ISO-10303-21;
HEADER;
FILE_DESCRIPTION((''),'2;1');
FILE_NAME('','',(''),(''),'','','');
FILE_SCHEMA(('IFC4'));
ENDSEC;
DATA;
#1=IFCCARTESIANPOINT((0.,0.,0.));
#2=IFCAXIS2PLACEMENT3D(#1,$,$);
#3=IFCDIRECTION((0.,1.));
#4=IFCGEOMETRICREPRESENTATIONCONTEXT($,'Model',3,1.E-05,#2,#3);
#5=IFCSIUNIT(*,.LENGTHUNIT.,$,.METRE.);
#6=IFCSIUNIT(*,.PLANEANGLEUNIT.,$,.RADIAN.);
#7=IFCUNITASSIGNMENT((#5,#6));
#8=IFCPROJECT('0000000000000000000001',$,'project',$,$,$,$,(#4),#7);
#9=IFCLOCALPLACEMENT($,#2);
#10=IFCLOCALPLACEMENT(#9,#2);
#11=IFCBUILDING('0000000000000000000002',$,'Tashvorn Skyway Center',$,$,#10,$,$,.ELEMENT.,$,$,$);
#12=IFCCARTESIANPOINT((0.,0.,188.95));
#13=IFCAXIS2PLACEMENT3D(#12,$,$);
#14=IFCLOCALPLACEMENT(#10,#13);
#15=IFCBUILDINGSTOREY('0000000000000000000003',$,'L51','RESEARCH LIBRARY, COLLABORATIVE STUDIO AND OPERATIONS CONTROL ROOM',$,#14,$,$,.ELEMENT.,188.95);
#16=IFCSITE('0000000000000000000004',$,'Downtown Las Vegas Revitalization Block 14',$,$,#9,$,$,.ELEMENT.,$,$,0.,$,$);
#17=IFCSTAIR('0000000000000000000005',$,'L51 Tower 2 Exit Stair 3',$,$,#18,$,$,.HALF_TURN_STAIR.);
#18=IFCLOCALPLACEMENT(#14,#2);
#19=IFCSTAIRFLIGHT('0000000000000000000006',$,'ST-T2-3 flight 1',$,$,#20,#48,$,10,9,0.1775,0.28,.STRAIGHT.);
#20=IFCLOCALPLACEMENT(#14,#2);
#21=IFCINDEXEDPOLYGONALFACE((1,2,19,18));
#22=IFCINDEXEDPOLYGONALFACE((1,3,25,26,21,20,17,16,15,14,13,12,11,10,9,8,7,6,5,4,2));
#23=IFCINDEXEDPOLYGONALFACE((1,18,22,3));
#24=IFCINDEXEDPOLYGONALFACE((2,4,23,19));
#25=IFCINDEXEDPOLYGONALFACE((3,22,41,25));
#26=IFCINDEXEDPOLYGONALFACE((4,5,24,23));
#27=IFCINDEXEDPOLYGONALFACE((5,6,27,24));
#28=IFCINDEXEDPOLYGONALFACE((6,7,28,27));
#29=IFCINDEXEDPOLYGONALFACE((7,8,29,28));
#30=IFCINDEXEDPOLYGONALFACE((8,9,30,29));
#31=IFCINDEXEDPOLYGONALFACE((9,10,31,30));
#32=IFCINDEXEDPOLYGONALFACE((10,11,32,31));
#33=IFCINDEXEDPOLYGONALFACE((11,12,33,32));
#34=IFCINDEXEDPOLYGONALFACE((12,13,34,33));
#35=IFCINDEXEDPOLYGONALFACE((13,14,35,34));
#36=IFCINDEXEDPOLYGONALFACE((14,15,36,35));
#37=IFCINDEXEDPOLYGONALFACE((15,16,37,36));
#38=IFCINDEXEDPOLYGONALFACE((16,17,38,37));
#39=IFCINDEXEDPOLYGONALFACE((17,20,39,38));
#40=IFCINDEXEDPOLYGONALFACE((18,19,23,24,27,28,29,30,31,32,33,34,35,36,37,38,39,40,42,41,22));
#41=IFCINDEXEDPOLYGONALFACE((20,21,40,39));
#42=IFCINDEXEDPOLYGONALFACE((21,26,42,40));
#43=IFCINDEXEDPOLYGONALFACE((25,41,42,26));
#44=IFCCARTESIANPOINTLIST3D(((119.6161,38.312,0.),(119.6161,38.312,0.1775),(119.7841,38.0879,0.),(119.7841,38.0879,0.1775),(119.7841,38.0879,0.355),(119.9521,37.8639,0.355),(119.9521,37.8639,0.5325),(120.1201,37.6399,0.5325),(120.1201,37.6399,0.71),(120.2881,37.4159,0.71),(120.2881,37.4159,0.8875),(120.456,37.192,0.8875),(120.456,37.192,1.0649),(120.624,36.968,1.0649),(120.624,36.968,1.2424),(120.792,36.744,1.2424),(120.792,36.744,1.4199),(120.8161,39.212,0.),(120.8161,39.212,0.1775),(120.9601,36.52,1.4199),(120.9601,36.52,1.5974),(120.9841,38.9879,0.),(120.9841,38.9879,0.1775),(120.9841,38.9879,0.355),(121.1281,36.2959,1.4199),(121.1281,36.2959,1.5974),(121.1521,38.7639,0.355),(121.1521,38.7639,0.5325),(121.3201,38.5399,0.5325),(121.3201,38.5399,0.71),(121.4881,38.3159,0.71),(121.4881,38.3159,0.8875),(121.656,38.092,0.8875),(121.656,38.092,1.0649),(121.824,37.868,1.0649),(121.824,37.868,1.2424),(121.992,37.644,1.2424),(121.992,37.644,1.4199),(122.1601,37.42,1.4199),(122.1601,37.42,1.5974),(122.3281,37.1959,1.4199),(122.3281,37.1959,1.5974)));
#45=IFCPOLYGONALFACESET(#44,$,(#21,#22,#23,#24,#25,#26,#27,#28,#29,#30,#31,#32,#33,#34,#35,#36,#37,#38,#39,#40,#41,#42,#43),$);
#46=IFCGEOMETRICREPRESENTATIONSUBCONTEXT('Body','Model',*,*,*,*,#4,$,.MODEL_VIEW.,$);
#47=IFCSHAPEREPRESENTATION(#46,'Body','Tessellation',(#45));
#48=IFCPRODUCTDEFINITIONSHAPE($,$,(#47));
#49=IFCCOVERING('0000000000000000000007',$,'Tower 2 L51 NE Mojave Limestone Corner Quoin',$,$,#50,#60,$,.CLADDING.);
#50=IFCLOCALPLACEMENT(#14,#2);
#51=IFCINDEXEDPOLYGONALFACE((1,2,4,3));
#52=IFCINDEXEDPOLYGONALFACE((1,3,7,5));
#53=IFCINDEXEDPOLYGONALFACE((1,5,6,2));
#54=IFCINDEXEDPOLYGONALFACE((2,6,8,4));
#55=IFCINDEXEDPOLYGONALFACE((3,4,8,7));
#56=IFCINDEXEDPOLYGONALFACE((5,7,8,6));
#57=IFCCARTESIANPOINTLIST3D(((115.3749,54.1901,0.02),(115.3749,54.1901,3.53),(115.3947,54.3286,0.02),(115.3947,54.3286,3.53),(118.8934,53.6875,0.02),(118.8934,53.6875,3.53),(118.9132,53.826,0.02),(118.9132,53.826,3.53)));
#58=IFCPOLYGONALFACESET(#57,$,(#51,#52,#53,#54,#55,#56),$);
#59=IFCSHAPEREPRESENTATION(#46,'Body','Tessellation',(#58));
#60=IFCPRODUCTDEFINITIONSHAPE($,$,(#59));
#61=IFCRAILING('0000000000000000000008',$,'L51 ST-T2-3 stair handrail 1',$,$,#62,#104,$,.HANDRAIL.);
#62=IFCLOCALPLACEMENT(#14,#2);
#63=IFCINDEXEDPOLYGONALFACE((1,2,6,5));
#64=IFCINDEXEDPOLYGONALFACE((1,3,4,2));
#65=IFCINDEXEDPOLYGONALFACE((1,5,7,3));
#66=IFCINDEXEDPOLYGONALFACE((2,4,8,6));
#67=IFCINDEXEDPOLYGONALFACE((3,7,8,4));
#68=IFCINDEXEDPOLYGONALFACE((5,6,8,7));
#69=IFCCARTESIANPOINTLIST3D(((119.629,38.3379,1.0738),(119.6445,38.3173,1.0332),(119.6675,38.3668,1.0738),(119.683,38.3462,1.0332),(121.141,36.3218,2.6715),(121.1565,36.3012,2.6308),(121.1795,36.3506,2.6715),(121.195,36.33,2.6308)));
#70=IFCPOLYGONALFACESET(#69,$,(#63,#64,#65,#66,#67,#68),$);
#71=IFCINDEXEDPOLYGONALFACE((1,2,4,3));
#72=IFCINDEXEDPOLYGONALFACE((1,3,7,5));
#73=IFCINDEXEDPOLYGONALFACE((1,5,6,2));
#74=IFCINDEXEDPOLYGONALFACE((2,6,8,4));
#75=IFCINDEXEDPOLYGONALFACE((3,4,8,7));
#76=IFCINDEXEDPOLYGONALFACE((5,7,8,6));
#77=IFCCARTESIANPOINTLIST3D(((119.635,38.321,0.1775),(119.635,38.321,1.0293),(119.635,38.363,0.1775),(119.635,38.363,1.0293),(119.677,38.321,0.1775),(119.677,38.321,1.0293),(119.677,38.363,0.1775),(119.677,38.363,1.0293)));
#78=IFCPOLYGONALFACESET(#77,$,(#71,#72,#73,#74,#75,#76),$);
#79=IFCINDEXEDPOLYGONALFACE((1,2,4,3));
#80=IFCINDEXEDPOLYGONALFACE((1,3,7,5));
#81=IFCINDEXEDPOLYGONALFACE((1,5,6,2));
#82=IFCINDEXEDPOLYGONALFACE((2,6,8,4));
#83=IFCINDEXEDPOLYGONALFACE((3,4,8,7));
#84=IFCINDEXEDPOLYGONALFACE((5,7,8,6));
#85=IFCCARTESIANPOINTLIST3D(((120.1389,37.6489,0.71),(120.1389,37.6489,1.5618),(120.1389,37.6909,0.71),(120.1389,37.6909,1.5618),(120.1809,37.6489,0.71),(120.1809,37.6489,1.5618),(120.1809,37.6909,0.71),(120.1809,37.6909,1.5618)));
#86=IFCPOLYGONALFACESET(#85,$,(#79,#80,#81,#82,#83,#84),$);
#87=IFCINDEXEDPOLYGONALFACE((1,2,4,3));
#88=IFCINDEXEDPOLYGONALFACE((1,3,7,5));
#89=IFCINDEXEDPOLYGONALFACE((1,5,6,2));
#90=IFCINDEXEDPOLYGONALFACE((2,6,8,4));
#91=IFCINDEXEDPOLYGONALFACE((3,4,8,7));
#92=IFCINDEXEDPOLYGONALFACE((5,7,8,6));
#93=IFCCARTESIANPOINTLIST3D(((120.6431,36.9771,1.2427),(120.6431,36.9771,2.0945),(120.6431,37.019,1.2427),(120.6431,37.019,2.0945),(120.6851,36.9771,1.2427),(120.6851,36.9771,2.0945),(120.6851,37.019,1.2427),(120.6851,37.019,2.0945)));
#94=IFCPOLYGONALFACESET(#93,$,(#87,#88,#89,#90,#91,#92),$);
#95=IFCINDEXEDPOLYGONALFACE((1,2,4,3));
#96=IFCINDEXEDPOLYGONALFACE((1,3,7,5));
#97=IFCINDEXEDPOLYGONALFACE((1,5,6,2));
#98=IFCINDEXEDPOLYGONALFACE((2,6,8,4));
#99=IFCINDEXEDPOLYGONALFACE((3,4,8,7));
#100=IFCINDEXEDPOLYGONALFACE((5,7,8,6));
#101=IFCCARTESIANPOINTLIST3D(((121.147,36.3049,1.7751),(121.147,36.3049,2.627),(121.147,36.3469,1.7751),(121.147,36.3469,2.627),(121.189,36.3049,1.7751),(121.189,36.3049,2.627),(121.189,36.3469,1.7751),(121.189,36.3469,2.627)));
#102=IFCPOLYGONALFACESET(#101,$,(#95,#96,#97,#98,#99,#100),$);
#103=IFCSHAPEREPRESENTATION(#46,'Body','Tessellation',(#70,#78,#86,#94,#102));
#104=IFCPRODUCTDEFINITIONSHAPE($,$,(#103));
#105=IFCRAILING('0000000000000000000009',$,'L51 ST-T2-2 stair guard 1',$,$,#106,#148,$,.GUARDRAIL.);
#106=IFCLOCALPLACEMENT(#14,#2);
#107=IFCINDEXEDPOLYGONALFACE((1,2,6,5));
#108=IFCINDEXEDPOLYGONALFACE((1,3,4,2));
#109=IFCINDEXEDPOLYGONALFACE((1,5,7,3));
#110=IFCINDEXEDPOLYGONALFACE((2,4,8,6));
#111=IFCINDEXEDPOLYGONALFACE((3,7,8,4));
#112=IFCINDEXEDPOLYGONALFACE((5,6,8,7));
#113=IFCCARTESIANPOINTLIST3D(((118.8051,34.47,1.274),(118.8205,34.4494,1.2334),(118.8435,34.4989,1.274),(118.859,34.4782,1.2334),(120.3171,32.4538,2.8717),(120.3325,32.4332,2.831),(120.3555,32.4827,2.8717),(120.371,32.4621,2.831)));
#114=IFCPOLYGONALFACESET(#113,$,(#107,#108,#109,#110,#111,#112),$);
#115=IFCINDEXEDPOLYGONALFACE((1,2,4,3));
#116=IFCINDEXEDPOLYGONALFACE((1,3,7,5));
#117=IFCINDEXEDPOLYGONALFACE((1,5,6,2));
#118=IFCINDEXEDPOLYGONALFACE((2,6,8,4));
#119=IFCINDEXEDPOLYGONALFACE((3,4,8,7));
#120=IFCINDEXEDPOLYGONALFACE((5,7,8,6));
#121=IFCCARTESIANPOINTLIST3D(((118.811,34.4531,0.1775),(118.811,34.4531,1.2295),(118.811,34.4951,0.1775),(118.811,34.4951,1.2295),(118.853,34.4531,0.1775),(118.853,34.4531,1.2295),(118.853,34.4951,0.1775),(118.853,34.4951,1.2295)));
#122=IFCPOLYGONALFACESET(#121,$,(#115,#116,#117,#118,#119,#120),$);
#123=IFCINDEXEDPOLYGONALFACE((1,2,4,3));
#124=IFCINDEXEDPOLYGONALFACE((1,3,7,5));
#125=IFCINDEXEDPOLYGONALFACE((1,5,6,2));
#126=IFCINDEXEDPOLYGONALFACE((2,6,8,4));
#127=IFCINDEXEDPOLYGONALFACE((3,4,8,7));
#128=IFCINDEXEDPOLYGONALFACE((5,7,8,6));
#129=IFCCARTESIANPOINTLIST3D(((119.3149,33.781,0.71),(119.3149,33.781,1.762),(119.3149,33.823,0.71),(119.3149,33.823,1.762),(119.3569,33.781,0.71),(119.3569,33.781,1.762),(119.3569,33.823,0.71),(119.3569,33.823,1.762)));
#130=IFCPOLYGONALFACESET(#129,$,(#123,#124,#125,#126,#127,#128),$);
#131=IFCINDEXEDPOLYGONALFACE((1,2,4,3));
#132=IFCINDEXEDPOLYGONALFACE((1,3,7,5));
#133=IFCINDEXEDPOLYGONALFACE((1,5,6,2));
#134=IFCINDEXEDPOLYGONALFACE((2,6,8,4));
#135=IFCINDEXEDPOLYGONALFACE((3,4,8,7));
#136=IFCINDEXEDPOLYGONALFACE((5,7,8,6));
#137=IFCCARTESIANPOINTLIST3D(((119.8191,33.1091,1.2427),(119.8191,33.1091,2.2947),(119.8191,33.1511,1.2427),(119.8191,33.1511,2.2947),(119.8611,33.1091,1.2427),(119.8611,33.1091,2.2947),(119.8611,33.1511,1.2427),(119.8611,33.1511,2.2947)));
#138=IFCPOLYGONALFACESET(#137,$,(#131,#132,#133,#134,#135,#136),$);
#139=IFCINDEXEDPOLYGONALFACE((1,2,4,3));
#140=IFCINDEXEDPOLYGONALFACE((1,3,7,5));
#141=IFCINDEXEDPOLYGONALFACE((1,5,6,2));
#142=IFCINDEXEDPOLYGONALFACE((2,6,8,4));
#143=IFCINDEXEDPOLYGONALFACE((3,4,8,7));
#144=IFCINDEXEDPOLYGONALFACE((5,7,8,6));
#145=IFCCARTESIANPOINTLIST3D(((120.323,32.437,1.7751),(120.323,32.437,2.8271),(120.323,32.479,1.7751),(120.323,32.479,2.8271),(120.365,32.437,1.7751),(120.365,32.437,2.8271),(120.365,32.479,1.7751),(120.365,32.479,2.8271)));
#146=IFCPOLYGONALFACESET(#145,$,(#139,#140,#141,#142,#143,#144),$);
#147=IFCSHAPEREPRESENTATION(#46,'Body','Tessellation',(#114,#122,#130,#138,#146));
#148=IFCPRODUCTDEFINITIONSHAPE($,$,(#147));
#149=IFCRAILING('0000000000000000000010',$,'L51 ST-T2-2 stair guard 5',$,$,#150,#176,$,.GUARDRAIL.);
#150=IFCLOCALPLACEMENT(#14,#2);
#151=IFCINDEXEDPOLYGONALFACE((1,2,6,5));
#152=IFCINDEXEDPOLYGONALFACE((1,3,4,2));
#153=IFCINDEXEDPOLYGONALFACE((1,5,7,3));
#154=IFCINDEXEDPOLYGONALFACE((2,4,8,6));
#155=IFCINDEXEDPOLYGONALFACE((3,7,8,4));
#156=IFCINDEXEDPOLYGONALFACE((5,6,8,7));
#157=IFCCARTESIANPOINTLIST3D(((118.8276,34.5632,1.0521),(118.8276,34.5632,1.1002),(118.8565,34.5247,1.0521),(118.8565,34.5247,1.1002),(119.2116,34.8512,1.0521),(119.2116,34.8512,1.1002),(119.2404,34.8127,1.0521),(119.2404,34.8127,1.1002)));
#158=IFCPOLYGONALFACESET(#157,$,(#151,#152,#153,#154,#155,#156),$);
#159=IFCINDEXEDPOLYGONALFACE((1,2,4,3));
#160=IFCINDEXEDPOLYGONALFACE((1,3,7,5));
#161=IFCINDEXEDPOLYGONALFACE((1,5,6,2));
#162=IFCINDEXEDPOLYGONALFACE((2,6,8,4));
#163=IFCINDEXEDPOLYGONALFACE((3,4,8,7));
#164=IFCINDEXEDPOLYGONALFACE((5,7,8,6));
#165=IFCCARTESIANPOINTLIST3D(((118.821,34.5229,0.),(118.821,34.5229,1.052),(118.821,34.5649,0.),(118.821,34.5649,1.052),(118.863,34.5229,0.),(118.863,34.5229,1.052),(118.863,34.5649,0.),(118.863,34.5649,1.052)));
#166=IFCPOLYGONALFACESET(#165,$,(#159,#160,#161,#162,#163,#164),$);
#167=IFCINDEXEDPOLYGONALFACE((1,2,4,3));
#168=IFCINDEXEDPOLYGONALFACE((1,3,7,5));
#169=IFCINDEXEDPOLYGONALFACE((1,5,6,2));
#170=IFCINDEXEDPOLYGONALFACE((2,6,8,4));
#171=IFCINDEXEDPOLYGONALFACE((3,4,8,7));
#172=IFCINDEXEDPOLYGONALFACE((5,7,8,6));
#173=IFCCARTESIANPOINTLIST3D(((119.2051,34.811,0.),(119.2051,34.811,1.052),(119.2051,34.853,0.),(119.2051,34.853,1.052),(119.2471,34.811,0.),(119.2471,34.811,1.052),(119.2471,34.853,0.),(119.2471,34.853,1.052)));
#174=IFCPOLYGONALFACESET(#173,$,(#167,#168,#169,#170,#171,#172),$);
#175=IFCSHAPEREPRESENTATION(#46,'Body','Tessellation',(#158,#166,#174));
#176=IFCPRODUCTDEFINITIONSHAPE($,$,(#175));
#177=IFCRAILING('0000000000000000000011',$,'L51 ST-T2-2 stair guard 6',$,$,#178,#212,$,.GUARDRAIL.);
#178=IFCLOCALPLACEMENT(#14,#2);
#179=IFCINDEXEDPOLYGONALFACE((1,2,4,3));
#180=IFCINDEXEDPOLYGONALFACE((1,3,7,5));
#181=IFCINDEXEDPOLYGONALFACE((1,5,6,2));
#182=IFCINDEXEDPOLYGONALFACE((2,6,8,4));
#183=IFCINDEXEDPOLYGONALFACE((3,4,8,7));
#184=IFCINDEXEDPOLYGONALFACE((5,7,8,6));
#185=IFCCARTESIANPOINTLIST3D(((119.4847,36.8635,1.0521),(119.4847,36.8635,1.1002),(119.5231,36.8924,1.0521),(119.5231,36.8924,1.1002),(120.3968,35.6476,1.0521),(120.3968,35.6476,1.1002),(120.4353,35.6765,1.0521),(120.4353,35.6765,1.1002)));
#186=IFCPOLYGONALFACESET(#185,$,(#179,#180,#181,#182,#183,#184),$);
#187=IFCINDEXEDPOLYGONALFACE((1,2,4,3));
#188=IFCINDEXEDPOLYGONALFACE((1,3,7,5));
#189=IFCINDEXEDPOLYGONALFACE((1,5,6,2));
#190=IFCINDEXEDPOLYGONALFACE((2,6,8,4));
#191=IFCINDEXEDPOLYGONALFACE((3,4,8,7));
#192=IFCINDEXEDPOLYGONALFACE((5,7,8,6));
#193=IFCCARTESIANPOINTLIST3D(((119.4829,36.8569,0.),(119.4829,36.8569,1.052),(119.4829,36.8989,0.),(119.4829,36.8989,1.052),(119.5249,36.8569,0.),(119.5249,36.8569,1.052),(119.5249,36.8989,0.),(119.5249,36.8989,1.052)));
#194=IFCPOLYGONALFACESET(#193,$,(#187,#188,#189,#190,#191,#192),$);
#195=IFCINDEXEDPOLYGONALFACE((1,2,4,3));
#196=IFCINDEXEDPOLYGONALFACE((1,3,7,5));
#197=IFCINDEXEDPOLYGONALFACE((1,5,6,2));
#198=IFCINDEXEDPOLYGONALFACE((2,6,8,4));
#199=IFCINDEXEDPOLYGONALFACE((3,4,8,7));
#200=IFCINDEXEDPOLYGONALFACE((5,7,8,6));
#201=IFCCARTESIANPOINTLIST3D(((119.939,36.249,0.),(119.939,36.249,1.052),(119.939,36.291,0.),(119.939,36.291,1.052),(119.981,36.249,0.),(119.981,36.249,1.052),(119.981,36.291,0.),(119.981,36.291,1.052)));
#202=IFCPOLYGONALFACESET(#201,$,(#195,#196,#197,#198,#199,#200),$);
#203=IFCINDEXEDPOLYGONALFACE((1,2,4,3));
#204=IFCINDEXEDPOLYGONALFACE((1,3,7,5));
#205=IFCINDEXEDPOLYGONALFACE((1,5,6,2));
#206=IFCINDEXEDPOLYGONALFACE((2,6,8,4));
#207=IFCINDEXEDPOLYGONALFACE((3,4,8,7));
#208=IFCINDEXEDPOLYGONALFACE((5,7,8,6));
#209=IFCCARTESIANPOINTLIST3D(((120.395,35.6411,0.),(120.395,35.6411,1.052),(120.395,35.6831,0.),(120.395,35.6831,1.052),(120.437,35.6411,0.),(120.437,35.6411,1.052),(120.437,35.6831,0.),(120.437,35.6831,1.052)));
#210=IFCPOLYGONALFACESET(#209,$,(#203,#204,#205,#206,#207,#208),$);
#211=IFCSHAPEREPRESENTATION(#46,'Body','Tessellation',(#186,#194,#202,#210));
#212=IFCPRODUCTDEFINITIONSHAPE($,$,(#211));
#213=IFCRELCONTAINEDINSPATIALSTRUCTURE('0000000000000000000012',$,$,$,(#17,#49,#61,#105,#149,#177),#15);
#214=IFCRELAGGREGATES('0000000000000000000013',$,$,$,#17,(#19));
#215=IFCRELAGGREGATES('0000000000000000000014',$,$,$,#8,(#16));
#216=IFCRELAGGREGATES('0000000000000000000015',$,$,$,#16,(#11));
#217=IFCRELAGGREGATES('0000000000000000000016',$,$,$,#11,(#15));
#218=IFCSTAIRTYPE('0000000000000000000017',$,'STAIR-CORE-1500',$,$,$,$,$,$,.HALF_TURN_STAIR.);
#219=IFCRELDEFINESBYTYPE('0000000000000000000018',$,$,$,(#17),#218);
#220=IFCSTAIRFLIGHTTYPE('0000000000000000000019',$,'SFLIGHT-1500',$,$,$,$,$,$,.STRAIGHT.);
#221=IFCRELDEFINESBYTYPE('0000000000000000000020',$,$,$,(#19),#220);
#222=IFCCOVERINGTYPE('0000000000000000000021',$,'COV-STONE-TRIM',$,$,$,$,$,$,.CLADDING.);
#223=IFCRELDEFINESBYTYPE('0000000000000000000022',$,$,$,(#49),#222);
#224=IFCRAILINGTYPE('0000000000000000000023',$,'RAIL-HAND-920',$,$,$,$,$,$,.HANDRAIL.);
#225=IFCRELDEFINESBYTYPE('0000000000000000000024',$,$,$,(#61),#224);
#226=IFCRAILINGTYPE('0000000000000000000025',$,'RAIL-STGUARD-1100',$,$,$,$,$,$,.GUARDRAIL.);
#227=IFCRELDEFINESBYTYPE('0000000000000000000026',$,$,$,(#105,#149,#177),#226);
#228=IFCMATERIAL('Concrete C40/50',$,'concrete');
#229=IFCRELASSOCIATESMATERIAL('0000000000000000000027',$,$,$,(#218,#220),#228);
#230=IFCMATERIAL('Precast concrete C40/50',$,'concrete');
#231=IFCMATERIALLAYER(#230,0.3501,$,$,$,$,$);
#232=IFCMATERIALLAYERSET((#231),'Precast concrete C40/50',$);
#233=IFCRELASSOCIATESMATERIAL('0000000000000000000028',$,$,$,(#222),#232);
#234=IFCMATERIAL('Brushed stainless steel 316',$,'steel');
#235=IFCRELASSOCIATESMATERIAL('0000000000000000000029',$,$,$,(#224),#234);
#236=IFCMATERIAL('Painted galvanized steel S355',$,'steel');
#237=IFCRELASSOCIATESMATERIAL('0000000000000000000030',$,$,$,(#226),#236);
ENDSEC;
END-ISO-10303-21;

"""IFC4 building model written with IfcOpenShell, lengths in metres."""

from ifc_helpers import new_model, si_unit, direction, frame, origin, origin_2d, place, context, subcontext, project, spatial, polyline, rectangle, outline, extrude, material, layer, layer_set, type_object, element, aggregate, save


model = new_model("IFC4")

# Units and contexts
model_context = context("Model", 3, precision=1e-05, world=origin(), true_north=direction((0.0, 1.0)))
body_context = subcontext(model_context, "Body", "Model", "MODEL_VIEW")
ifc_project = project(units=[si_unit("LENGTHUNIT", "METRE"), si_unit("PLANEANGLEUNIT", "RADIAN")], contexts=[model_context])

# Site, building, storey
site_placement = place(None, origin())
site = spatial("IfcSite", under=ifc_project, at=site_placement, Name="Downtown Las Vegas Revitalization Block 14", CompositionType="ELEMENT", RefElevation=0.0)
building_placement = place(site_placement, origin())
building = spatial("IfcBuilding", under=site, at=building_placement, Name="Tashvorn Skyway Center", CompositionType="ELEMENT")
storey_placement = place(building_placement, frame((0.0, 0.0, 188.95)))
storey = spatial("IfcBuildingStorey", under=building, at=storey_placement, Name="L51", Description="RESEARCH LIBRARY, COLLABORATIVE STUDIO AND OPERATIONS CONTROL ROOM", CompositionType="ELEMENT", Elevation=188.95)

# Shared definitions
ifc_material_1 = material(Name="Precast concrete C40/50", Category="concrete")
ifc_material_2 = material(Name="Concrete C40/50", Category="concrete")

# Stair, stair flight
stair_type = type_object("IfcStairType", Name="STAIR-CORE-1500", PredefinedType="HALF_TURN_STAIR", material=ifc_material_2)
stair_placement = place(storey_placement, origin())
stair = element("IfcStair", 1, at=stair_placement, inside=storey, type_object=stair_type, Name="L51 Tower 2 Exit Stair 3", PredefinedType="HALF_TURN_STAIR")
stair_flight_type = type_object("IfcStairFlightType", Name="SFLIGHT-1500", PredefinedType="STRAIGHT", material=ifc_material_2)
stair_flight_placement = place(storey_placement, frame((120.2161, 38.762, 0.0), z_axis=(0.0, 0.0, 1.0), x_axis=(0.6, -0.8, 0.0)))
stair_flight = element("IfcStairFlight", 2, at=stair_flight_placement, type_object=stair_flight_type, Name="ST-T2-3 flight 1", NumberOfRisers=10, NumberOfTreads=9, PredefinedType="STRAIGHT", RiserHeight=0.1775, TreadLength=0.28, context=body_context, shape_type="SweptSolid", body=[
    extrude(outline(polyline([(0.0, 0.0), (0.0, 0.1775), (0.28, 0.1775), (0.28, 0.355), (0.5601, 0.355), (0.5601, 0.5325), (0.8401, 0.5325), (0.8401, 0.71), (1.1201, 0.71), (1.1201, 0.8875), (1.3999, 0.8875), (1.3999, 1.0649), (1.6799, 1.0649), (1.6799, 1.2424), (1.96, 1.2424), (1.96, 1.4199), (2.24, 1.4199), (2.24, 1.5974), (2.52, 1.5974), (2.52, 1.7749), (2.52, 1.4199), (0.28, 0.0), (0.0, 0.0)])), frame((0.0, 0.75, 0.0), z_axis=(0.0, -1.0, 0.0), x_axis=(1.0, 0.0, 0.0)), (0.0, 0.0, 1.0), 1.5),
])
aggregate(stair, [stair_flight])

# Covering
ifc_layer_1 = layer(ifc_material_1, 0.3501)
ifc_layer_set_1 = layer_set([ifc_layer_1], Name="Precast concrete C40/50")
covering_type = type_object("IfcCoveringType", Name="COV-STONE-TRIM", PredefinedType="CLADDING", material=ifc_layer_set_1)
covering_placement = place(storey_placement, frame((117.144, 54.0081, 0.02), z_axis=(0.0, 0.0, 1.0), x_axis=(0.989949, -0.141421, 0.0)))
element("IfcCovering", 3, at=covering_placement, inside=storey, type_object=covering_type, Name="Tower 2 L51 NE Mojave Limestone Corner Quoin", PredefinedType="CLADDING", context=body_context, shape_type="SweptSolid", body=[
    extrude(rectangle(XDim=3.5542, YDim=0.1399, at=origin_2d()), origin(), (0.0, 0.0, 1.0), 3.51),
])

# Railings
ifc_material_3 = material(Name="Brushed stainless steel 316", Category="steel")
railing_type_1 = type_object("IfcRailingType", Name="RAIL-HAND-920", PredefinedType="HANDRAIL", material=ifc_material_3)
railing_1_placement = place(storey_placement, frame((119.656, 38.342, 0.1775)))
element("IfcRailing", 4, at=railing_1_placement, inside=storey, type_object=railing_type_1, Name="L51 ST-T2-3 stair handrail 1", PredefinedType="HANDRAIL", context=body_context, shape_type="SweptSolid", body=[
    extrude(rectangle(XDim=0.0481, YDim=0.0481, at=origin_2d()), frame((0.0, 0.0, 0.876), z_axis=(0.506719, -0.675679, 0.535438), x_axis=(0.800023, 0.599969, 0.0)), (0.0, 0.0, 1.0), 2.9839),
    extrude(rectangle(XDim=0.042, YDim=0.042, at=origin_2d()), origin(), (0.0, 0.0, 1.0), 0.8518),
    extrude(rectangle(XDim=0.042, YDim=0.042, at=origin_2d()), frame((0.5039, -0.6721, 0.5325)), (0.0, 0.0, 1.0), 0.8518),
    extrude(rectangle(XDim=0.042, YDim=0.042, at=origin_2d()), frame((1.0081, -1.344, 1.0652)), (0.0, 0.0, 1.0), 0.8518),
    extrude(rectangle(XDim=0.042, YDim=0.042, at=origin_2d()), frame((1.512, -2.0161, 1.5977)), (0.0, 0.0, 1.0), 0.8518),
])
ifc_material_4 = material(Name="Painted galvanized steel S355", Category="steel")
railing_type_2 = type_object("IfcRailingType", Name="RAIL-STGUARD-1100", PredefinedType="GUARDRAIL", material=ifc_material_4)
railing_2_placement = place(storey_placement, frame((118.832, 34.4741, 0.1775)))
element("IfcRailing", 5, at=railing_2_placement, inside=storey, type_object=railing_type_2, Name="L51 ST-T2-2 stair guard 1", PredefinedType="GUARDRAIL", context=body_context, shape_type="SweptSolid", body=[
    extrude(rectangle(XDim=0.0481, YDim=0.0481, at=origin_2d()), frame((0.0, 0.0, 1.0762), z_axis=(0.506719, -0.675679, 0.535438), x_axis=(0.800023, 0.599969, 0.0)), (0.0, 0.0, 1.0), 2.9839),
    extrude(rectangle(XDim=0.042, YDim=0.042, at=origin_2d()), origin(), (0.0, 0.0, 1.0), 1.052),
    extrude(rectangle(XDim=0.042, YDim=0.042, at=origin_2d()), frame((0.5039, -0.6721, 0.5325)), (0.0, 0.0, 1.0), 1.052),
    extrude(rectangle(XDim=0.042, YDim=0.042, at=origin_2d()), frame((1.0081, -1.344, 1.0652)), (0.0, 0.0, 1.0), 1.052),
    extrude(rectangle(XDim=0.042, YDim=0.042, at=origin_2d()), frame((1.512, -2.0161, 1.5977)), (0.0, 0.0, 1.0), 1.052),
])
railing_3_placement = place(storey_placement, frame((118.842, 34.5439, 0.0)))
element("IfcRailing", 6, at=railing_3_placement, inside=storey, type_object=railing_type_2, Name="L51 ST-T2-2 stair guard 5", PredefinedType="GUARDRAIL", context=body_context, shape_type="SweptSolid", body=[
    extrude(rectangle(XDim=0.0481, YDim=0.0481, at=origin_2d()), frame((0.0, 0.0, 1.0762), z_axis=(0.799939, 0.600081, 0.0), x_axis=(-0.600081, 0.799939, 0.0)), (0.0, 0.0, 1.0), 0.48),
    extrude(rectangle(XDim=0.042, YDim=0.042, at=origin_2d()), origin(), (0.0, 0.0, 1.0), 1.052),
    extrude(rectangle(XDim=0.042, YDim=0.042, at=origin_2d()), frame((0.384, 0.2881, 0.0)), (0.0, 0.0, 1.0), 1.052),
])
railing_4_placement = place(storey_placement, frame((119.5039, 36.8779, 0.0)))
element("IfcRailing", 7, at=railing_4_placement, inside=storey, type_object=railing_type_2, Name="L51 ST-T2-2 stair guard 6", PredefinedType="GUARDRAIL", context=body_context, shape_type="SweptSolid", body=[
    extrude(rectangle(XDim=0.0481, YDim=0.0481, at=origin_2d()), frame((0.0, 0.0, 1.0762), z_axis=(0.600103, -0.799923, 0.0), x_axis=(0.799923, 0.600103, 0.0)), (0.0, 0.0, 1.0), 1.52),
    extrude(rectangle(XDim=0.042, YDim=0.042, at=origin_2d()), origin(), (0.0, 0.0, 1.0), 1.052),
    extrude(rectangle(XDim=0.042, YDim=0.042, at=origin_2d()), frame((0.4561, -0.6079, 0.0)), (0.0, 0.0, 1.0), 1.052),
    extrude(rectangle(XDim=0.042, YDim=0.042, at=origin_2d()), frame((0.9121, -1.2158, 0.0)), (0.0, 0.0, 1.0), 1.052),
])

save(model, "model.ifc")
